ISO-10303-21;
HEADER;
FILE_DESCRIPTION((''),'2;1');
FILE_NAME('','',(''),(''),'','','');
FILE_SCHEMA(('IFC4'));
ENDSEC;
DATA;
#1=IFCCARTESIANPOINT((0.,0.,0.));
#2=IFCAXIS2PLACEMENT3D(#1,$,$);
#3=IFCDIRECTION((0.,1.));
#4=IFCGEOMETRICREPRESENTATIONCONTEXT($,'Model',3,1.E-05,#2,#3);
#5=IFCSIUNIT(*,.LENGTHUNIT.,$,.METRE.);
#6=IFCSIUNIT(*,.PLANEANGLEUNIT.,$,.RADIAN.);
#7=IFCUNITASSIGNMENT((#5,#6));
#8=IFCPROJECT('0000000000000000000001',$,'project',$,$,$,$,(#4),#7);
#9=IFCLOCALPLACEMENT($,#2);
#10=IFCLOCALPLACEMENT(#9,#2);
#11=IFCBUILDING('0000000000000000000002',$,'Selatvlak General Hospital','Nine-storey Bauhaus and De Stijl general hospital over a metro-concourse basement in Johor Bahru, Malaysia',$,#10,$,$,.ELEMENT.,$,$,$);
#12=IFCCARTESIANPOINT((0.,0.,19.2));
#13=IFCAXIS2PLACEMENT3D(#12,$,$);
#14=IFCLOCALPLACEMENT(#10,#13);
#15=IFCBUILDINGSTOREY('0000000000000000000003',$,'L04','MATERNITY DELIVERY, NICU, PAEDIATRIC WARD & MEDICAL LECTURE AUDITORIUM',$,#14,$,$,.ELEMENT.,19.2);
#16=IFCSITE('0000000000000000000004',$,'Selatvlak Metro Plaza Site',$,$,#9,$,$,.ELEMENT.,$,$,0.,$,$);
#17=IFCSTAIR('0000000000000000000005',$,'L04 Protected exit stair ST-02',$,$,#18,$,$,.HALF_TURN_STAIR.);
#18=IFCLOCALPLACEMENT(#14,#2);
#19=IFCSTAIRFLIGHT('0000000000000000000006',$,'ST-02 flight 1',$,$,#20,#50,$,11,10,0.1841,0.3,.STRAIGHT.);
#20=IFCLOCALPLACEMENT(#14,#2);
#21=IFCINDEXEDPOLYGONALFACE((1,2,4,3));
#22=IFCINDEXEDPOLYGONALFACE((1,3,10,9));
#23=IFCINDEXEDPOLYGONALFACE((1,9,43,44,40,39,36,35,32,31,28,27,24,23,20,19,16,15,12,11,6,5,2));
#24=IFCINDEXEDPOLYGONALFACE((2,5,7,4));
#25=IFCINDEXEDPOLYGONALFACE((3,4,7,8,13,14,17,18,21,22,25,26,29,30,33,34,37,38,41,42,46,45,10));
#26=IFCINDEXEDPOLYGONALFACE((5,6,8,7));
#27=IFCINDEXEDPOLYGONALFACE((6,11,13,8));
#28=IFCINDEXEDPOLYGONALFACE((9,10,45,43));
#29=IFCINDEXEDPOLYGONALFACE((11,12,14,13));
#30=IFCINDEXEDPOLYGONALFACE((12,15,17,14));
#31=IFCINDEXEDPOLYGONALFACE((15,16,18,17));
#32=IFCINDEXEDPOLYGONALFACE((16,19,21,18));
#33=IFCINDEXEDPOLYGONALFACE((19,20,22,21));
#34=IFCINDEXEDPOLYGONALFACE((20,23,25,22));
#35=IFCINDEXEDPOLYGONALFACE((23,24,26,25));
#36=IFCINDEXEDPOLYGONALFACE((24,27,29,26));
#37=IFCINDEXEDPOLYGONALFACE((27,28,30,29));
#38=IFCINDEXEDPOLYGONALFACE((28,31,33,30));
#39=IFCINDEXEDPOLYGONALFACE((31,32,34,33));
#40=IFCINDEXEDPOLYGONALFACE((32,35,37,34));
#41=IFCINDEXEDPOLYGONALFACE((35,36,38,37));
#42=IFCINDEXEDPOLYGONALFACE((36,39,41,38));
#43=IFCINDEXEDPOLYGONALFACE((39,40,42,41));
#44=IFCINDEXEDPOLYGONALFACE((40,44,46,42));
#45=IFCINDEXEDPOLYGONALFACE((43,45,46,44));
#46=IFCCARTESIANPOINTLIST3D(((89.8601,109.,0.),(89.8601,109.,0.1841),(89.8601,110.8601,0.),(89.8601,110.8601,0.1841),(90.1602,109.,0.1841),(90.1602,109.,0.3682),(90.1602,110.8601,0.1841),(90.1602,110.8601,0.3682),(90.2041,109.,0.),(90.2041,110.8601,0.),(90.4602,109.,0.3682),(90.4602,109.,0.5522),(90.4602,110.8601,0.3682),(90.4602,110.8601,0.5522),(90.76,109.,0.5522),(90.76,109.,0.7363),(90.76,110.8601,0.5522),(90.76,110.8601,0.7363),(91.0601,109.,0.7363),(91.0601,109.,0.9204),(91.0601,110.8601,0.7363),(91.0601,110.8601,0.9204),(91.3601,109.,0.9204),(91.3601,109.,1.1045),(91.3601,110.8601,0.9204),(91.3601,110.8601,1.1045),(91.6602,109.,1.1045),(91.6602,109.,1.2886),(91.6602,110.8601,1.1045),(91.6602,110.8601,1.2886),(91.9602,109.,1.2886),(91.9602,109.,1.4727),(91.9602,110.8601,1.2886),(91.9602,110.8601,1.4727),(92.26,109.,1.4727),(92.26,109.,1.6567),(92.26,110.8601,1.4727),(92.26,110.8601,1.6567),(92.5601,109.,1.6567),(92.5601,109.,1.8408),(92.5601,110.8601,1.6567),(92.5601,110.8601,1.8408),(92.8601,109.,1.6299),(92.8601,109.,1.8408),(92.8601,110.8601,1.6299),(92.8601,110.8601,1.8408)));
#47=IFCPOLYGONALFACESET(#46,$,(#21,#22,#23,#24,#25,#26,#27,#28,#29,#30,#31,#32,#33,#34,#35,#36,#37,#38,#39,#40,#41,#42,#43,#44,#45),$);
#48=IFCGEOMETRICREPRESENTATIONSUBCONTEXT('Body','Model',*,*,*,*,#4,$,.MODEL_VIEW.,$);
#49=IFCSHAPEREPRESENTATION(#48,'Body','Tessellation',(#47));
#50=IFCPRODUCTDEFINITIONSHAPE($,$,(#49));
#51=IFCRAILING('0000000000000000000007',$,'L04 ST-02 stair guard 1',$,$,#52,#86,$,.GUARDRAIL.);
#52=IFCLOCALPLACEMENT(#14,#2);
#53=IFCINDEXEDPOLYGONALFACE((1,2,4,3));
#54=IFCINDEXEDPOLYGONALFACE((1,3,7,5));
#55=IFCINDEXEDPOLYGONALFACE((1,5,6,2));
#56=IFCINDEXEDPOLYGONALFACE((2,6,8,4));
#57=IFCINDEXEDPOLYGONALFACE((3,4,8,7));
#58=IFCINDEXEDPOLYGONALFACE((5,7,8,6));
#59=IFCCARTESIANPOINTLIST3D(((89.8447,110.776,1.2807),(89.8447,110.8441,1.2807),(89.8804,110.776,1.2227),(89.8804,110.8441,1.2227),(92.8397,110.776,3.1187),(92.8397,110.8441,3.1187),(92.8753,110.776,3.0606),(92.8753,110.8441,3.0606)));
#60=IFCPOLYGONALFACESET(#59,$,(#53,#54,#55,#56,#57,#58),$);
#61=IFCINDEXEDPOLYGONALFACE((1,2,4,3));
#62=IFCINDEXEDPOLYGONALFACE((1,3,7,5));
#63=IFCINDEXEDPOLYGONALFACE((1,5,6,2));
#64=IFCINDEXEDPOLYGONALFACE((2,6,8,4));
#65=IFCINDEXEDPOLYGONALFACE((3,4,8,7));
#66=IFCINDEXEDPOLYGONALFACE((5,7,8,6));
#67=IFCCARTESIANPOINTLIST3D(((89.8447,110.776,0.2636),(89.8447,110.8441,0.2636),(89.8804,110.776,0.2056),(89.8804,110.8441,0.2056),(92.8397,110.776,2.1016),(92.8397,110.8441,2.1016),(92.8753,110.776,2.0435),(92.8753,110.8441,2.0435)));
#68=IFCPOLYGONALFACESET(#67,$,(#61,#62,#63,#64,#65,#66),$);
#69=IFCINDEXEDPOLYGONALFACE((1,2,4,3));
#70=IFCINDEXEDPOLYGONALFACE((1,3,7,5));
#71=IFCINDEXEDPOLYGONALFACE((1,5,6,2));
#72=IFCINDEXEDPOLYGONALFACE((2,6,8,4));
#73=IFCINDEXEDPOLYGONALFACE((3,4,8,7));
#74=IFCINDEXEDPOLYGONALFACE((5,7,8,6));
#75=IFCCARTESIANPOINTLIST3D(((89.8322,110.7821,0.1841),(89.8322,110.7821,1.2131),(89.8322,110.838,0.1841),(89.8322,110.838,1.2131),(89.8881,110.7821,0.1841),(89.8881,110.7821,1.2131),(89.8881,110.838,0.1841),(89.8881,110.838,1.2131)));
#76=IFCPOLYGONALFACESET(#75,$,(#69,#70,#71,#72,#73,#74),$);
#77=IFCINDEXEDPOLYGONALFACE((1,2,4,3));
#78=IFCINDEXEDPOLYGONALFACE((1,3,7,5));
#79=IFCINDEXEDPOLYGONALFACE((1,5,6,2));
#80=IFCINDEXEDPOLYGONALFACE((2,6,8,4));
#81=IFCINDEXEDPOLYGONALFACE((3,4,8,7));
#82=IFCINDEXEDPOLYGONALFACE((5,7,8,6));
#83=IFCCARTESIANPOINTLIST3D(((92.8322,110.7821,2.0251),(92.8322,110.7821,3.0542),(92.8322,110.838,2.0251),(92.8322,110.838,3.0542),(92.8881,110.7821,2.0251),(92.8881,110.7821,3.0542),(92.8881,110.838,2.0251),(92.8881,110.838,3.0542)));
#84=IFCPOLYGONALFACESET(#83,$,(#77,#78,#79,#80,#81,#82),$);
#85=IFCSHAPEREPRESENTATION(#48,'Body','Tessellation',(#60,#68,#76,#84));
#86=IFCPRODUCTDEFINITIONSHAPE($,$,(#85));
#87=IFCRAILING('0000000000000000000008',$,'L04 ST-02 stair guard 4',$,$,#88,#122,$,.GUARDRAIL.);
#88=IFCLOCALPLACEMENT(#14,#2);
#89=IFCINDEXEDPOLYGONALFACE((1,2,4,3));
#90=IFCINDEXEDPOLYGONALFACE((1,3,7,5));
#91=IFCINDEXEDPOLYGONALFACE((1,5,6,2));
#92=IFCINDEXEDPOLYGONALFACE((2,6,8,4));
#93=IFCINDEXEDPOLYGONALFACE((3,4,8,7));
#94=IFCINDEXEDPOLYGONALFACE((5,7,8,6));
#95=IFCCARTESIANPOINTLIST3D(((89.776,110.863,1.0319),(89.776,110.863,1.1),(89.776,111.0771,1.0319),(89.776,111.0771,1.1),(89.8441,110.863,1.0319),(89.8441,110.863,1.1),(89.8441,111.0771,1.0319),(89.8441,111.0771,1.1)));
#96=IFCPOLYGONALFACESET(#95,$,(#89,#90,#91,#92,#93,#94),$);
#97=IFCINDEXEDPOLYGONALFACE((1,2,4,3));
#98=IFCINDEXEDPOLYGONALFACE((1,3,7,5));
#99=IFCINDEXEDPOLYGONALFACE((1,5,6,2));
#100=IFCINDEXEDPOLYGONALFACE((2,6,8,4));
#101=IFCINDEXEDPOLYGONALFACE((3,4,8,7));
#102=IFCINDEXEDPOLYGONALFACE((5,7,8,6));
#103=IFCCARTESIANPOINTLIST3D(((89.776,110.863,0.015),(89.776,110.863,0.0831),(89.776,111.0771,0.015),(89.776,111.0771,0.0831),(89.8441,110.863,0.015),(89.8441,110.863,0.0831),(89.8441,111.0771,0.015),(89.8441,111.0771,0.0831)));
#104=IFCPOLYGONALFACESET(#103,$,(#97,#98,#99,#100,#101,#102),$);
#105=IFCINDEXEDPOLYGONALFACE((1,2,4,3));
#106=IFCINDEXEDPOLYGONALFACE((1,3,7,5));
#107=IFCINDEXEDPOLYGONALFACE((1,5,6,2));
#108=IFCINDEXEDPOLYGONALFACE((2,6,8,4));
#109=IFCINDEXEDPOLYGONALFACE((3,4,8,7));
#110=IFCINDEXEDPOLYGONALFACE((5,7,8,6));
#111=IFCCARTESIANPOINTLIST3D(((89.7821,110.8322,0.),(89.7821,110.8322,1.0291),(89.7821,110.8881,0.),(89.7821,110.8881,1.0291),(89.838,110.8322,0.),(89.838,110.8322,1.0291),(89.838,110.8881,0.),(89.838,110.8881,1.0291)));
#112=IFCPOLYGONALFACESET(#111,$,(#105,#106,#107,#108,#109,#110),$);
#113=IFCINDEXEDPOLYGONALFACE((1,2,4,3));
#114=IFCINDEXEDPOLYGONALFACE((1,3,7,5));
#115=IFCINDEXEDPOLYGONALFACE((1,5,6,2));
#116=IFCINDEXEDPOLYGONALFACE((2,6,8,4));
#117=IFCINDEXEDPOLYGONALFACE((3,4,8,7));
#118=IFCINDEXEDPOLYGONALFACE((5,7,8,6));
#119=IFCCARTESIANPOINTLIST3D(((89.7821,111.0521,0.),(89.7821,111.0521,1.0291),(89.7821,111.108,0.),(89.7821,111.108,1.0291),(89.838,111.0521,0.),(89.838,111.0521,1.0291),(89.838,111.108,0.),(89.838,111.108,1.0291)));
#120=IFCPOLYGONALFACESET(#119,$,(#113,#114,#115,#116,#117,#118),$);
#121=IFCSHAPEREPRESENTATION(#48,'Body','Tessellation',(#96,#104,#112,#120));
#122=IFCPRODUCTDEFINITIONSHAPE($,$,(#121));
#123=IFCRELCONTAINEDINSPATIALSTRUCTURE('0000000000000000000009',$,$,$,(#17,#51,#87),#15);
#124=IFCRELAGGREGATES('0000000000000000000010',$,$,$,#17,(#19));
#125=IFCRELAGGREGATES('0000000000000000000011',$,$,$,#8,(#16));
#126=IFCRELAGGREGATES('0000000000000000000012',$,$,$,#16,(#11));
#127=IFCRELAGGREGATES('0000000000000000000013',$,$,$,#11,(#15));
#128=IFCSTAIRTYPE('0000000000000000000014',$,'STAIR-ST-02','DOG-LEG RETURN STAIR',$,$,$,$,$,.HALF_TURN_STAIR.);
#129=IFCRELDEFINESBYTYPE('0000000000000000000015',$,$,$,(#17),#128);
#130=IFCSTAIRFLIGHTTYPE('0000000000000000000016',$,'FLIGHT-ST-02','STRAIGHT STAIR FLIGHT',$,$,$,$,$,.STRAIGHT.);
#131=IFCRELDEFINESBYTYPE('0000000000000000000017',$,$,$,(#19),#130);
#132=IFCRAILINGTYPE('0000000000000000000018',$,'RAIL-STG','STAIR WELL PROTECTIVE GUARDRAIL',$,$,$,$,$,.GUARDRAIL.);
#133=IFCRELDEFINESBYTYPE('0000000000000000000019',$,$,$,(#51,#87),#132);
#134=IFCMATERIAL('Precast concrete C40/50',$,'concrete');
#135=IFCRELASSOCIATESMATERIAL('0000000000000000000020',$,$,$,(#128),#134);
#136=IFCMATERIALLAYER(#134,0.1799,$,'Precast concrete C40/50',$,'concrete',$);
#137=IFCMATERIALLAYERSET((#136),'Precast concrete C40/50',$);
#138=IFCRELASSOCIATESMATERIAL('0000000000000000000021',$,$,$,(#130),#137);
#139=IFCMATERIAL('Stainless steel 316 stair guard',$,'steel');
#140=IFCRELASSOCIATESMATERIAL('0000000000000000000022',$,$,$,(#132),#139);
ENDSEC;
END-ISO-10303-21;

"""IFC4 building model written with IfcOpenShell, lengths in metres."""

from ifc_helpers import new_model, si_unit, direction, frame, origin, origin_2d, place, context, subcontext, project, spatial, polyline, rectangle, outline, extrude, material, layer, layer_set, type_object, element, aggregate, save


model = new_model("IFC4")

# Units and contexts
model_context = context("Model", 3, precision=1e-05, world=origin(), true_north=direction((0.0, 1.0)))
body_context = subcontext(model_context, "Body", "Model", "MODEL_VIEW")
ifc_project = project(units=[si_unit("LENGTHUNIT", "METRE"), si_unit("PLANEANGLEUNIT", "RADIAN")], contexts=[model_context])

# Site, building, storey
site_placement = place(None, origin())
site = spatial("IfcSite", under=ifc_project, at=site_placement, Name="Selatvlak Metro Plaza Site", CompositionType="ELEMENT", RefElevation=0.0)
building_placement = place(site_placement, origin())
building = spatial("IfcBuilding", under=site, at=building_placement, Name="Selatvlak General Hospital", Description="Nine-storey Bauhaus and De Stijl general hospital over a metro-concourse basement in Johor Bahru, Malaysia", CompositionType="ELEMENT")
storey_placement = place(building_placement, frame((0.0, 0.0, 19.2)))
storey = spatial("IfcBuildingStorey", under=building, at=storey_placement, Name="L04", Description="MATERNITY DELIVERY, NICU, PAEDIATRIC WARD & MEDICAL LECTURE AUDITORIUM", CompositionType="ELEMENT", Elevation=19.2)

# Stair, stair flight
ifc_material_1 = material(Name="Precast concrete C40/50", Category="concrete")
stair_type = type_object("IfcStairType", Name="STAIR-ST-02", Description="DOG-LEG RETURN STAIR", PredefinedType="HALF_TURN_STAIR", material=ifc_material_1)
stair_placement = place(storey_placement, origin())
stair = element("IfcStair", 1, at=stair_placement, inside=storey, type_object=stair_type, Name="L04 Protected exit stair ST-02", PredefinedType="HALF_TURN_STAIR")
ifc_layer_1 = layer(ifc_material_1, 0.1799, Name="Precast concrete C40/50", Category="concrete")
ifc_layer_set_1 = layer_set([ifc_layer_1], Name="Precast concrete C40/50")
stair_flight_type = type_object("IfcStairFlightType", Name="FLIGHT-ST-02", Description="STRAIGHT STAIR FLIGHT", PredefinedType="STRAIGHT", material=ifc_layer_set_1)
stair_flight_placement = place(storey_placement, frame((89.8601, 109.9299, 0.0), z_axis=(0.0, 0.0, 1.0), x_axis=(1.0, 0.0, 0.0)))
stair_flight = element("IfcStairFlight", 2, at=stair_flight_placement, type_object=stair_flight_type, Name="ST-02 flight 1", NumberOfRisers=11, NumberOfTreads=10, PredefinedType="STRAIGHT", RiserHeight=0.1841, TreadLength=0.3, context=body_context, shape_type="SweptSolid", body=[
    extrude(outline(polyline([(0.0, 0.0), (0.0, 0.1841), (0.3, 0.1841), (0.3, 0.3682), (0.6001, 0.3682), (0.6001, 0.5522), (0.8999, 0.5522), (0.8999, 0.7363), (1.2, 0.7363), (1.2, 0.9204), (1.5, 0.9204), (1.5, 1.1045), (1.8, 1.1045), (1.8, 1.2886), (2.1001, 1.2886), (2.1001, 1.4727), (2.3999, 1.4727), (2.3999, 1.6567), (2.7, 1.6567), (2.7, 1.8408), (3.0, 1.8408), (3.0, 2.0249), (3.0, 1.6299), (0.344, 0.0), (0.0, 0.0)])), frame((0.0, 0.9302, 0.0), z_axis=(0.0, -1.0, 0.0), x_axis=(1.0, 0.0, 0.0)), (0.0, 0.0, 1.0), 1.8601),
])
aggregate(stair, [stair_flight])

# Railings
ifc_material_2 = material(Name="Stainless steel 316 stair guard", Category="steel")
railing_type_1 = type_object("IfcRailingType", Name="RAIL-STG", Description="STAIR WELL PROTECTIVE GUARDRAIL", PredefinedType="GUARDRAIL", material=ifc_material_2)
railing_1_placement = place(storey_placement, frame((89.8601, 110.8101, 0.1841)))
element("IfcRailing", 3, at=railing_1_placement, inside=storey, type_object=railing_type_1, Name="L04 ST-02 stair guard 1", PredefinedType="GUARDRAIL", context=body_context, shape_type="SweptSolid", body=[
    extrude(rectangle(XDim=0.0681, YDim=0.0681, at=origin_2d()), frame((0.0024, 0.0, 1.0676), z_axis=(0.852303, 0.0, 0.523048), x_axis=(0.0, 1.0, 0.0)), (0.0, 0.0, 1.0), 3.5139),
    extrude(rectangle(XDim=0.0681, YDim=0.0681, at=origin_2d()), frame((0.0024, 0.0, 0.0505), z_axis=(0.852303, 0.0, 0.523048), x_axis=(0.0, 1.0, 0.0)), (0.0, 0.0, 1.0), 3.5139),
    extrude(rectangle(XDim=0.0559, YDim=0.0559, at=origin_2d()), origin(), (0.0, 0.0, 1.0), 1.0291),
    extrude(rectangle(XDim=0.0559, YDim=0.0559, at=origin_2d()), frame((3.0, 0.0, 1.8411)), (0.0, 0.0, 1.0), 1.0291),
])
railing_2_placement = place(storey_placement, frame((89.8101, 110.8601, 0.0)))
element("IfcRailing", 4, at=railing_2_placement, inside=storey, type_object=railing_type_1, Name="L04 ST-02 stair guard 4", PredefinedType="GUARDRAIL", context=body_context, shape_type="SweptSolid", body=[
    extrude(rectangle(XDim=0.0681, YDim=0.0681, at=origin_2d()), frame((0.0, 0.0029, 1.0659), z_axis=(0.0, 1.0, 0.0), x_axis=(-1.0, 0.0, 0.0)), (0.0, 0.0, 1.0), 0.2141),
    extrude(rectangle(XDim=0.0681, YDim=0.0681, at=origin_2d()), frame((0.0, 0.0029, 0.0491), z_axis=(0.0, 1.0, 0.0), x_axis=(-1.0, 0.0, 0.0)), (0.0, 0.0, 1.0), 0.2141),
    extrude(rectangle(XDim=0.0559, YDim=0.0559, at=origin_2d()), origin(), (0.0, 0.0, 1.0), 1.0291),
    extrude(rectangle(XDim=0.0559, YDim=0.0559, at=origin_2d()), frame((0.0, 0.22, 0.0)), (0.0, 0.0, 1.0), 1.0291),
])

save(model, "model.ifc")
